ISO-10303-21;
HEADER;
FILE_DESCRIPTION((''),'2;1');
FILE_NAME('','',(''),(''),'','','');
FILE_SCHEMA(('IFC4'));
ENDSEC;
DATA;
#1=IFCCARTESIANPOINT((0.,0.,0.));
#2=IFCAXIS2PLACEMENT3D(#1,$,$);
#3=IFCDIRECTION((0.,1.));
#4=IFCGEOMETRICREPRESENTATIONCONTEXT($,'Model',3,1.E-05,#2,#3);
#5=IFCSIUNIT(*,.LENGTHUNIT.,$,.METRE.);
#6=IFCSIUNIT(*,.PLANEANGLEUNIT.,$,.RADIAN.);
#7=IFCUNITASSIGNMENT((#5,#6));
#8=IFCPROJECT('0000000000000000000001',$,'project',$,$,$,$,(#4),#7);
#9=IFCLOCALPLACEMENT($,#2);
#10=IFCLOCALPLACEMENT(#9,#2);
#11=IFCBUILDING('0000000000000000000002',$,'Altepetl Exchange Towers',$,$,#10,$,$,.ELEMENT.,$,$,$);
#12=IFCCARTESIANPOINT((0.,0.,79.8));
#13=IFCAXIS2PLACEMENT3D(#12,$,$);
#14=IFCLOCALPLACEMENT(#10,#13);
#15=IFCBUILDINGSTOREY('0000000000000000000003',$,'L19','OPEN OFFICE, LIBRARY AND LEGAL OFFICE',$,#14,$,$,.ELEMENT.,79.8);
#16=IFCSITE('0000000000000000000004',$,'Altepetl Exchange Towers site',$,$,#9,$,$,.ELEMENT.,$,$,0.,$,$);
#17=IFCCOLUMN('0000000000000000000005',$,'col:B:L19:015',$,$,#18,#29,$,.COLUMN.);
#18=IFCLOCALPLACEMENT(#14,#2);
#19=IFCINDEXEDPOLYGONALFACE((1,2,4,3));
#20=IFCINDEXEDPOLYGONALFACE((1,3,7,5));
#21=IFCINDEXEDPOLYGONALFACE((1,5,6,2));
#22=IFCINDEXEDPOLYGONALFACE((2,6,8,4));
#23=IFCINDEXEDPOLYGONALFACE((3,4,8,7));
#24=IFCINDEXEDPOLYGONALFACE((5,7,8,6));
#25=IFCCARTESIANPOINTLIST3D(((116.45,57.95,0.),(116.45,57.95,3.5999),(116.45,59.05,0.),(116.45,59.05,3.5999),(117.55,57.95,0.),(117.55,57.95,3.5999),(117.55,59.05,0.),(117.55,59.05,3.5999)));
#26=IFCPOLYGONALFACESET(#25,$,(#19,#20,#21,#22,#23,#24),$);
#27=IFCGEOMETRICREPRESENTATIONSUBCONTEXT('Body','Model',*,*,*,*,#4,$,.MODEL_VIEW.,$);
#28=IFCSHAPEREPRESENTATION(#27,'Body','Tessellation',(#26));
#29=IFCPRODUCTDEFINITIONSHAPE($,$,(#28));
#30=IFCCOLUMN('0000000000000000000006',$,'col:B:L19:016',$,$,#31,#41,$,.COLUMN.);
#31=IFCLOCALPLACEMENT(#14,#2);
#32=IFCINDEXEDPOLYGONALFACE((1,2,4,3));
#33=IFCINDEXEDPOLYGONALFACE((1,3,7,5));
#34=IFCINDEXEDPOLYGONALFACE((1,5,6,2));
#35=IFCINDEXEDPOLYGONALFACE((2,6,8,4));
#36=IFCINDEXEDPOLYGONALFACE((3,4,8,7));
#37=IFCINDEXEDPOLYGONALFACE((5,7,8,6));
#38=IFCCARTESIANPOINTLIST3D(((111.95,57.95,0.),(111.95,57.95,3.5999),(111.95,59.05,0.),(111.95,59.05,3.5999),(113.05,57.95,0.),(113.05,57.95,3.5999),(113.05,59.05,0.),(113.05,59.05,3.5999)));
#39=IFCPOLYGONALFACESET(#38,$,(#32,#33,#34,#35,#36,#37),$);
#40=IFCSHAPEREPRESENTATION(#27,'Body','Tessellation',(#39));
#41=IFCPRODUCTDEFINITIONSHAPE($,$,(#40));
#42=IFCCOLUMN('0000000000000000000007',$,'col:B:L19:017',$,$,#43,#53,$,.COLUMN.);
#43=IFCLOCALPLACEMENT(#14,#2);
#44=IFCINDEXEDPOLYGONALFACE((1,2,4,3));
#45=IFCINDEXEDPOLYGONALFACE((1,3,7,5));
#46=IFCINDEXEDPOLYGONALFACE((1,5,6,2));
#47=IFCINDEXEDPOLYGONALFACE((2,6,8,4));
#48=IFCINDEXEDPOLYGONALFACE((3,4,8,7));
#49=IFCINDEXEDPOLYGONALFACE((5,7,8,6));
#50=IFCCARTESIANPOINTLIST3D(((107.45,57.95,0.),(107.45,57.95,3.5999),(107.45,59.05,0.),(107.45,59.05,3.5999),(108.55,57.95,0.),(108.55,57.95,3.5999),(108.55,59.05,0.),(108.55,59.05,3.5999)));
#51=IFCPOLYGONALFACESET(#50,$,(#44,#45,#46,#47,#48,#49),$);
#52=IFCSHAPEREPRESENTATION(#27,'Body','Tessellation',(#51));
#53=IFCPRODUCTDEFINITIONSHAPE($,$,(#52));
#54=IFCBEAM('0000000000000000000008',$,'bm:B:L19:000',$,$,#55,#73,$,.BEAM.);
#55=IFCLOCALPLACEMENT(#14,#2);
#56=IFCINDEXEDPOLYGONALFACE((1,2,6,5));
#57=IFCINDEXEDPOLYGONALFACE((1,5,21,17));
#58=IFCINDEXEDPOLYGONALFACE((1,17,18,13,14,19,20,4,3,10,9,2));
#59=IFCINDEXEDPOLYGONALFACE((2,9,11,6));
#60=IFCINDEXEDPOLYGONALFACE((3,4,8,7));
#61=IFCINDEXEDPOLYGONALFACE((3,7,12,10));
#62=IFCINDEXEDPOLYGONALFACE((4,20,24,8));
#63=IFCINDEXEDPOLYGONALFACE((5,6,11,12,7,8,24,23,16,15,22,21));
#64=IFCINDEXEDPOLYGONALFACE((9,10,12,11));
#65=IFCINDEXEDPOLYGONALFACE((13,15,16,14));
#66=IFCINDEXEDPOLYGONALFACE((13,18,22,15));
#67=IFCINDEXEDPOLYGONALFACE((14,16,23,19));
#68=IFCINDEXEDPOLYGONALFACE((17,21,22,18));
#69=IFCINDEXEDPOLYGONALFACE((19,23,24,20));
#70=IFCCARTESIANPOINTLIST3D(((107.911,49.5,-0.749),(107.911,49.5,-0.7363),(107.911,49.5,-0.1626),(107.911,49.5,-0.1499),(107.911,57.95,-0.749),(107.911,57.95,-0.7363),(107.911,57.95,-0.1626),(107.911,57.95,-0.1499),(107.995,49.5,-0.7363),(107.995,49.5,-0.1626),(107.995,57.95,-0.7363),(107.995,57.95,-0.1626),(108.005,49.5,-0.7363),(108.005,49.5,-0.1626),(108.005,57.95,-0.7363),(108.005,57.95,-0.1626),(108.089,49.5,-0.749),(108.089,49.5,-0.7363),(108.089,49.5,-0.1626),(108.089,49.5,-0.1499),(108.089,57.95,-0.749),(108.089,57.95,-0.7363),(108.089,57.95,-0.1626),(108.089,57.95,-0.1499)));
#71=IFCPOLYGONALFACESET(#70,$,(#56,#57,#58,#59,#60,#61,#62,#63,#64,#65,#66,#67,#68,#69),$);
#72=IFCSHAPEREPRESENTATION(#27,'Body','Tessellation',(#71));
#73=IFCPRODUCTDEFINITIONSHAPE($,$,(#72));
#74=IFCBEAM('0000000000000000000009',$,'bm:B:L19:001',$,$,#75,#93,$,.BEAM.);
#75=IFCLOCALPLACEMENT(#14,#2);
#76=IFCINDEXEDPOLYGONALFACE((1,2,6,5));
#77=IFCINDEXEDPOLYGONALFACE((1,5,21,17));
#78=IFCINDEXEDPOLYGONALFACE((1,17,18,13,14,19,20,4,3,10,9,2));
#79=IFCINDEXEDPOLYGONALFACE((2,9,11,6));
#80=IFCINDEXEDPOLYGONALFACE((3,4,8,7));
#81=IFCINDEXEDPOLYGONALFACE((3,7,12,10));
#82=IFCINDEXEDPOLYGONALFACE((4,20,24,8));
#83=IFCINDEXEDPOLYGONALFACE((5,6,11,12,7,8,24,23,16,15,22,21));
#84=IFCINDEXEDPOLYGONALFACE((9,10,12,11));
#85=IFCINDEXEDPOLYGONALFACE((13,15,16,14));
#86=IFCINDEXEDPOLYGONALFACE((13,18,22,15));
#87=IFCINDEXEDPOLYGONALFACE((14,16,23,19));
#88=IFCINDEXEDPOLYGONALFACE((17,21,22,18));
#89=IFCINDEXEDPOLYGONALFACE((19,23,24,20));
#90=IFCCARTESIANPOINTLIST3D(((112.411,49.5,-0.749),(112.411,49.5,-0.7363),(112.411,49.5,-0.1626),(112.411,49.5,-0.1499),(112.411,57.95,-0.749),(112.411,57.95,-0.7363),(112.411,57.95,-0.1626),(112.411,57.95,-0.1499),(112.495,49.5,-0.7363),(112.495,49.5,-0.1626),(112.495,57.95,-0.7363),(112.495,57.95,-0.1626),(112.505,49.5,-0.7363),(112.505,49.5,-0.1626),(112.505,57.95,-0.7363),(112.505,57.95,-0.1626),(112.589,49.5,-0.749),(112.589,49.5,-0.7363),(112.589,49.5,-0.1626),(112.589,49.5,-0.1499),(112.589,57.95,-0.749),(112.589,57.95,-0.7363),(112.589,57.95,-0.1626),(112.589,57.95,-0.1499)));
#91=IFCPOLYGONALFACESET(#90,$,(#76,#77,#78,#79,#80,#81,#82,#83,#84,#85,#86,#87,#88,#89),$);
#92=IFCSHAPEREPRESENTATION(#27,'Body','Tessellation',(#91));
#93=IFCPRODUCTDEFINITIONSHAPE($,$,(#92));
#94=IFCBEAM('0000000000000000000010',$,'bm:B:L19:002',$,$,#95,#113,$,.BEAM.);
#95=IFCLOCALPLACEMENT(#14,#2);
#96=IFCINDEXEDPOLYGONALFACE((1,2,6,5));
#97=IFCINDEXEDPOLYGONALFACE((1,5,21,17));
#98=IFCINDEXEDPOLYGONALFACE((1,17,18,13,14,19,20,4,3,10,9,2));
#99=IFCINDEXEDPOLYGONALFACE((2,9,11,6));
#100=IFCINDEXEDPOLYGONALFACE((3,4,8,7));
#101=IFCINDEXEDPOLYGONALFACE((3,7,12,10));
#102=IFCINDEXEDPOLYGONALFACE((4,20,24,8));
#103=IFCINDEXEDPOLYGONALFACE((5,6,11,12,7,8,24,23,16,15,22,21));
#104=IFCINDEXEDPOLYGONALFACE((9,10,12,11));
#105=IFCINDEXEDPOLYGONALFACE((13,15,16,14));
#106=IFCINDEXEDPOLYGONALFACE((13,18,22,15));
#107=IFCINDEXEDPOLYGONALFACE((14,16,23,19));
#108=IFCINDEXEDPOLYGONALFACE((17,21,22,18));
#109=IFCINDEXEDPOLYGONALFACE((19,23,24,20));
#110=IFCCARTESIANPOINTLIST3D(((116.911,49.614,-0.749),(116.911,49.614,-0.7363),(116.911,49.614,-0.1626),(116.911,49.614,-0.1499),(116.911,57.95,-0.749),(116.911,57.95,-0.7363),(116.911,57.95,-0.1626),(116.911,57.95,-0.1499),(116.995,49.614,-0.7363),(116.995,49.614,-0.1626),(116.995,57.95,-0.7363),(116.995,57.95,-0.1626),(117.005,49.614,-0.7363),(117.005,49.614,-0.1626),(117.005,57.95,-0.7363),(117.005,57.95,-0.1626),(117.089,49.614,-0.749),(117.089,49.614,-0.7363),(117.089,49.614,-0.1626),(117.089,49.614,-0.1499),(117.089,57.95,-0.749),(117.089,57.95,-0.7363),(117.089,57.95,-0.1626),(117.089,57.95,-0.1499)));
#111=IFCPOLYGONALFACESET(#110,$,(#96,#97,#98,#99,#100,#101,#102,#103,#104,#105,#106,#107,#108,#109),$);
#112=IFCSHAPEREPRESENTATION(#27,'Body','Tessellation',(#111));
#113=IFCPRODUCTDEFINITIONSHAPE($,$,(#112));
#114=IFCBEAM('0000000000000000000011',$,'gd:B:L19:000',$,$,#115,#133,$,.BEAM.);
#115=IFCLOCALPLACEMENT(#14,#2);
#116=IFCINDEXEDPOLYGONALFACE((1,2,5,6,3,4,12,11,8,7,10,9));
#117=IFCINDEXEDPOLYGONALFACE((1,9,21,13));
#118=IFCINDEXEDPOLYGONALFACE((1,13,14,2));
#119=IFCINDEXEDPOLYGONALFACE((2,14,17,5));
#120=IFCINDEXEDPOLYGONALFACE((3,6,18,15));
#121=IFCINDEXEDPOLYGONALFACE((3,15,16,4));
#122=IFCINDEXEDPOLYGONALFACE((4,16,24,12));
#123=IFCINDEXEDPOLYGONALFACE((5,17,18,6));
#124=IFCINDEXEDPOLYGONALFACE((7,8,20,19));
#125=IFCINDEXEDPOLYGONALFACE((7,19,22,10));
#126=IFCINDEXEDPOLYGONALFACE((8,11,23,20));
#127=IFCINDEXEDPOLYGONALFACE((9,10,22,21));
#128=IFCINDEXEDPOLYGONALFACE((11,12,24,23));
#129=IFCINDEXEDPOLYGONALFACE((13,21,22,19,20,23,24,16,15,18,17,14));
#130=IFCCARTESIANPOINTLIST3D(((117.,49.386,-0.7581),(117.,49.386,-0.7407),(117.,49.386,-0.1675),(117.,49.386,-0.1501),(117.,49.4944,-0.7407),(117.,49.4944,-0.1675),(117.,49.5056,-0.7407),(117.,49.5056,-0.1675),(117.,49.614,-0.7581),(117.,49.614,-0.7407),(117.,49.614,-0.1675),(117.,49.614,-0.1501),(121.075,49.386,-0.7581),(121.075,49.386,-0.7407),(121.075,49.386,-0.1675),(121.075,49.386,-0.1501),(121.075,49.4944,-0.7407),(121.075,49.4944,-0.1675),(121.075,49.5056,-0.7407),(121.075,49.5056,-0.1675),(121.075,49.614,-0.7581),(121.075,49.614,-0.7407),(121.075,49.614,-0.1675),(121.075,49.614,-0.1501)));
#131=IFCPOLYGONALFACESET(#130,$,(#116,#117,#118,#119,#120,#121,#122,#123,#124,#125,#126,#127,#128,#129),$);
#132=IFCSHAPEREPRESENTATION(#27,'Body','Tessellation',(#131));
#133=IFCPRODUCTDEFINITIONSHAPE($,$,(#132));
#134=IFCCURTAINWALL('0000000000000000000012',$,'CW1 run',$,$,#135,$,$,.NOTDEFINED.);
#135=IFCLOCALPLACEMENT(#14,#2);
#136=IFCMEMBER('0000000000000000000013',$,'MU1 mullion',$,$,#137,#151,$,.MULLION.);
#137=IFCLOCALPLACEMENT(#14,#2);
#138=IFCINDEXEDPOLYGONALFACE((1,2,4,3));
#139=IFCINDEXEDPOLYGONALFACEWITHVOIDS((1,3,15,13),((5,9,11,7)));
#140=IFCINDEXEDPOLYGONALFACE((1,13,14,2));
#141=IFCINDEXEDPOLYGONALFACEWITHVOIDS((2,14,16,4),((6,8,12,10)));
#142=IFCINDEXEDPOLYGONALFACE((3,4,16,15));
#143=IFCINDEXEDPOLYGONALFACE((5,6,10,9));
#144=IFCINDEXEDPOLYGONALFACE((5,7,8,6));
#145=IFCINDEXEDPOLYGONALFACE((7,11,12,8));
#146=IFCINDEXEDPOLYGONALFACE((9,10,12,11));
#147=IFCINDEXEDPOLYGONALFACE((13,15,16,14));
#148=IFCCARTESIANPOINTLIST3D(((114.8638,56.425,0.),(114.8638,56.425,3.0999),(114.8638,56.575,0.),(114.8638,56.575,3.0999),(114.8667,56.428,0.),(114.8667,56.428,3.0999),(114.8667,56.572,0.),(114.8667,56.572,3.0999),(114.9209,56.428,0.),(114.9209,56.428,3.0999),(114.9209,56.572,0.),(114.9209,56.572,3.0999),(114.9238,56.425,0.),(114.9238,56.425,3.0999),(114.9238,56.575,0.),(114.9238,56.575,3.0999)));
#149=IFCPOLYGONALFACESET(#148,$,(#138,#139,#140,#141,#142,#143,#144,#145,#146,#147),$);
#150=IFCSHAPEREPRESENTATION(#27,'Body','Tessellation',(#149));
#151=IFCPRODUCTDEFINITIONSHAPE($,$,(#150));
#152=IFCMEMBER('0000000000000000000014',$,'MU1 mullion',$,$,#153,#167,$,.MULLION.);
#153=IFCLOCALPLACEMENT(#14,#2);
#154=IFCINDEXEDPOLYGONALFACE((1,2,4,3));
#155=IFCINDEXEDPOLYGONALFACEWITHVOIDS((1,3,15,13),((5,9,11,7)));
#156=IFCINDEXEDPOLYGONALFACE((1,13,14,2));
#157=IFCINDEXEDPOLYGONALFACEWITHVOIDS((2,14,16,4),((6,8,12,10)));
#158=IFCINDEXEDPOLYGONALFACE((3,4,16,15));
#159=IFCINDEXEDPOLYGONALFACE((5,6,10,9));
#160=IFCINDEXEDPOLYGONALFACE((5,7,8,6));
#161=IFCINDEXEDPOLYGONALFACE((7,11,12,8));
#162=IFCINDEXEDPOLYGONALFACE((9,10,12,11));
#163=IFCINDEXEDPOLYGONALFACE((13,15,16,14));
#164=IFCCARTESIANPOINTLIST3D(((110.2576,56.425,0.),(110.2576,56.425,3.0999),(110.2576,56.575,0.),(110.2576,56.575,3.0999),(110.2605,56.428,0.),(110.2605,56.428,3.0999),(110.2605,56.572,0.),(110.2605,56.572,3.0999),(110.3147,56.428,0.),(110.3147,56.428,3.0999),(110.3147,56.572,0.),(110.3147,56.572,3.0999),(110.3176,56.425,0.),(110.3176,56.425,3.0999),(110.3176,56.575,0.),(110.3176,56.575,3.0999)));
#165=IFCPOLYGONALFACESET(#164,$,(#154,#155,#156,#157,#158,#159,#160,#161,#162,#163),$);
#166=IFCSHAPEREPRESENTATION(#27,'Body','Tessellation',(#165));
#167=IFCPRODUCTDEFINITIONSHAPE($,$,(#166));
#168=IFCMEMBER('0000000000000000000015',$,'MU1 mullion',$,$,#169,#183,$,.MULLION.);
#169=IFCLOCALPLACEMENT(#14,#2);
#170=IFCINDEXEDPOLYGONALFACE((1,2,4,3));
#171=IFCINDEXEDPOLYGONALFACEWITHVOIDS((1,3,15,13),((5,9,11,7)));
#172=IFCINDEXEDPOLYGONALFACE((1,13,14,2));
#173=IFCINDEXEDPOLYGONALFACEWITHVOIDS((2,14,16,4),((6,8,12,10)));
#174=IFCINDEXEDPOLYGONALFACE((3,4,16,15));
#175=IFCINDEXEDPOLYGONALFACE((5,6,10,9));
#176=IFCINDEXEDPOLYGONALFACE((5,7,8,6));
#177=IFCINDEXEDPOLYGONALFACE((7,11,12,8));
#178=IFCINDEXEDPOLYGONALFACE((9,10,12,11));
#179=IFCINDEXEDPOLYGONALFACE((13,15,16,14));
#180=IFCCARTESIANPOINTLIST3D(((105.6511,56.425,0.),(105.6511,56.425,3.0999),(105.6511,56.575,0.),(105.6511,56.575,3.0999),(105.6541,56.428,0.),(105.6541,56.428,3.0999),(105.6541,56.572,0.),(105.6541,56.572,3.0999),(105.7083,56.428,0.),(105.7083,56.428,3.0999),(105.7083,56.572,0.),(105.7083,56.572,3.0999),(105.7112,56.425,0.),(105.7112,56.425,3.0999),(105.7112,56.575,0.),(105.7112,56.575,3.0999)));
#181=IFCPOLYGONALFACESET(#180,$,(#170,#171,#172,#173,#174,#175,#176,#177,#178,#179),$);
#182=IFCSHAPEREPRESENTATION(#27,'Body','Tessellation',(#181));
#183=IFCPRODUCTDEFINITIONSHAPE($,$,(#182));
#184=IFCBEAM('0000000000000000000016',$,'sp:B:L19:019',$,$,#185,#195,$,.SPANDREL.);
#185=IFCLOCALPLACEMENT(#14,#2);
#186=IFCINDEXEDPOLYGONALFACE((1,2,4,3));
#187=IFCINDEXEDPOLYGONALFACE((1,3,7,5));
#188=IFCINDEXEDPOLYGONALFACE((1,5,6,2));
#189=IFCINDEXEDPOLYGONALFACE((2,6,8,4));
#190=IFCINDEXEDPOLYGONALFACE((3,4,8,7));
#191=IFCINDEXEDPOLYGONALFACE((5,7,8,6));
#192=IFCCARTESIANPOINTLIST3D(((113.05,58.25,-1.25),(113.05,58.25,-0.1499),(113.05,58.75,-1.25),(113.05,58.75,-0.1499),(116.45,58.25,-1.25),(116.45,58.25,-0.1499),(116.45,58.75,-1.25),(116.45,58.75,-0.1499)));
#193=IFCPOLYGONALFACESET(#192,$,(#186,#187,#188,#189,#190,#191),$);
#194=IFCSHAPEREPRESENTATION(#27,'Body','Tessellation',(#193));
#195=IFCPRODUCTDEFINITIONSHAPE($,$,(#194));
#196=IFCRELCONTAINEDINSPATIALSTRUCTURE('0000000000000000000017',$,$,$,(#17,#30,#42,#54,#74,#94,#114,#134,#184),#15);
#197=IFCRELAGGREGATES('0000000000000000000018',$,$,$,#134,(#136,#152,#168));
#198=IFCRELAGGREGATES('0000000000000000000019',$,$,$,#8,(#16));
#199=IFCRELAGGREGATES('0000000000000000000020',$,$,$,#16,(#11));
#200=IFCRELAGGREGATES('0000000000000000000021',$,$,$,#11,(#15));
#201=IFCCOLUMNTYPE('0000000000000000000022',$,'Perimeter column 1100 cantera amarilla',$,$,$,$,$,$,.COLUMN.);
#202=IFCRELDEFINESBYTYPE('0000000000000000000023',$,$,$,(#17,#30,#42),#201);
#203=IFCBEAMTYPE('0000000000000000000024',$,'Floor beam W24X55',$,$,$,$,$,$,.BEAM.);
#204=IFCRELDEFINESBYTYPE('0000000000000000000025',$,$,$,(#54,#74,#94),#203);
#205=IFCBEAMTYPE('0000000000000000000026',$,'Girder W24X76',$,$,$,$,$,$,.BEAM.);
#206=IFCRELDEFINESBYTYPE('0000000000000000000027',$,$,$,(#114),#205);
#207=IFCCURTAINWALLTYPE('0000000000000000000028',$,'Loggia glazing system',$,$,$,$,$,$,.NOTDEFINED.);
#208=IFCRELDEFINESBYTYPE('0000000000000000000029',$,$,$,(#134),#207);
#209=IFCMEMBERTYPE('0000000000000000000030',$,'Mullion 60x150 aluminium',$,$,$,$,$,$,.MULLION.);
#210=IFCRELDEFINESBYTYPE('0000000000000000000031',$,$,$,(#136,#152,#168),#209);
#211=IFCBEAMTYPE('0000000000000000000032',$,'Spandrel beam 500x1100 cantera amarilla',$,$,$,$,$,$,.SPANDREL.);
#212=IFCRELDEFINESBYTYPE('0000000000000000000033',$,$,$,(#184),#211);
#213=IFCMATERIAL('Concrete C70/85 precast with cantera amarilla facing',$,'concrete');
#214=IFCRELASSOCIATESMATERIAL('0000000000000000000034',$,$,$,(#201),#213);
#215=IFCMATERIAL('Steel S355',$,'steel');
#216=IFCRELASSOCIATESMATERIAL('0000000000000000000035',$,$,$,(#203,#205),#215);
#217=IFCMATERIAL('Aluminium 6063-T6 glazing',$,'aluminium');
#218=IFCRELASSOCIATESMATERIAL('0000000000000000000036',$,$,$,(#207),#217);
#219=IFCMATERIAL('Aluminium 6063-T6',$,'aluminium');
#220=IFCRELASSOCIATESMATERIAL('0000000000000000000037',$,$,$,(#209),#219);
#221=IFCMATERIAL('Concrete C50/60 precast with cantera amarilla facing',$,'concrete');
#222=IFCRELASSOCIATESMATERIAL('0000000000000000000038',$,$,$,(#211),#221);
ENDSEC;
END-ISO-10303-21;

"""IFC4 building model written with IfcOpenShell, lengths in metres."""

from ifc_helpers import new_model, si_unit, direction, frame, origin, origin_2d, place, context, subcontext, project, spatial, rectangle, hollow_rectangle, i_section, extrude, material, material_profile, profile_set, type_object, element, aggregate, save


model = new_model("IFC4")

# Units and contexts
model_context = context("Model", 3, precision=1e-05, world=origin(), true_north=direction((0.0, 1.0)))
body_context = subcontext(model_context, "Body", "Model", "MODEL_VIEW")
ifc_project = project(units=[si_unit("LENGTHUNIT", "METRE"), si_unit("PLANEANGLEUNIT", "RADIAN")], contexts=[model_context])

# Site, building, storey
site_placement = place(None, origin())
site = spatial("IfcSite", under=ifc_project, at=site_placement, Name="Altepetl Exchange Towers site", CompositionType="ELEMENT", RefElevation=0.0)
building_placement = place(site_placement, origin())
building = spatial("IfcBuilding", under=site, at=building_placement, Name="Altepetl Exchange Towers", CompositionType="ELEMENT")
storey_placement = place(building_placement, frame((0.0, 0.0, 79.8)))
storey = spatial("IfcBuildingStorey", under=building, at=storey_placement, Name="L19", Description="OPEN OFFICE, LIBRARY AND LEGAL OFFICE", CompositionType="ELEMENT", Elevation=79.8)

# Columns
ifc_material_1 = material(Name="Concrete C70/85 precast with cantera amarilla facing", Category="concrete")
ifc_material_profile_1 = material_profile(ifc_material_1, rectangle(XDim=1.1001, YDim=1.1001, at=origin_2d()), Name="1100 x 1100")
ifc_profile_set_1 = profile_set([ifc_material_profile_1], Name="Concrete C70/85 precast with cantera amarilla facing")
column_type = type_object("IfcColumnType", Name="Perimeter column 1100 cantera amarilla", PredefinedType="COLUMN", material=ifc_profile_set_1)
for number, where, name in (
    (1, (117.0, 58.5, 0.0), "col:B:L19:015"),
    (2, (112.5, 58.5, 0.0), "col:B:L19:016"),
    (3, (108.0, 58.5, 0.0), "col:B:L19:017"),
):
    element("IfcColumn", number, at=place(storey_placement, frame(where)), inside=storey, type_object=column_type, Name=name, PredefinedType="COLUMN", context=body_context, shape_type="SweptSolid", body=[
        extrude(rectangle(XDim=1.1001, YDim=1.1001, at=origin_2d()), origin(), (0.0, 0.0, 1.0), 3.5999),
    ])

# Beams
ifc_material_2 = material(Name="Steel S355", Category="steel")
ifc_material_profile_2 = material_profile(ifc_material_2, i_section(OverallWidth=0.178, OverallDepth=0.5991, WebThickness=0.01, FlangeThickness=0.0127, at=origin_2d()), Name="W24X55")
ifc_profile_set_2 = profile_set([ifc_material_profile_2], Name="Steel S355")
beam_type_1 = type_object("IfcBeamType", Name="Floor beam W24X55", PredefinedType="BEAM", material=ifc_profile_set_2)
for number, where, z_axis, x_axis, name in (
    (4, (108.0, 49.5, -0.4495), (0.0, 1.0, 0.0), (-1.0, 0.0, 0.0), "bm:B:L19:000"),
    (5, (112.5, 49.5, -0.4495), (0.0, 1.0, 0.0), (-1.0, 0.0, 0.0), "bm:B:L19:001"),
):
    element("IfcBeam", number, at=place(storey_placement, frame(where, z_axis=z_axis, x_axis=x_axis)), inside=storey, type_object=beam_type_1, Name=name, PredefinedType="BEAM", context=body_context, shape_type="SweptSolid", body=[
        extrude(i_section(OverallWidth=0.178, OverallDepth=0.5991, WebThickness=0.01, FlangeThickness=0.0127, at=origin_2d()), origin(), (0.0, 0.0, 1.0), 8.45),
    ])
beam_1_placement = place(storey_placement, frame((117.0, 49.614, -0.4495), z_axis=(0.0, 1.0, 0.0), x_axis=(-1.0, 0.0, 0.0)))
element("IfcBeam", 6, at=beam_1_placement, inside=storey, type_object=beam_type_1, Name="bm:B:L19:002", PredefinedType="BEAM", context=body_context, shape_type="SweptSolid", body=[
    extrude(i_section(OverallWidth=0.178, OverallDepth=0.5991, WebThickness=0.01, FlangeThickness=0.0127, at=origin_2d()), origin(), (0.0, 0.0, 1.0), 8.3359),
])
ifc_material_profile_3 = material_profile(ifc_material_2, i_section(OverallWidth=0.228, OverallDepth=0.6079, WebThickness=0.0112, FlangeThickness=0.0173, at=origin_2d()), Name="W24X76")
ifc_profile_set_3 = profile_set([ifc_material_profile_3], Name="Steel S355")
beam_type_2 = type_object("IfcBeamType", Name="Girder W24X76", PredefinedType="BEAM", material=ifc_profile_set_3)
beam_2_placement = place(storey_placement, frame((117.0, 49.5, -0.4541), z_axis=(1.0, 0.0, 0.0), x_axis=(0.0, 1.0, 0.0)))
element("IfcBeam", 7, at=beam_2_placement, inside=storey, type_object=beam_type_2, Name="gd:B:L19:000", PredefinedType="BEAM", context=body_context, shape_type="SweptSolid", body=[
    extrude(i_section(OverallWidth=0.228, OverallDepth=0.6079, WebThickness=0.0112, FlangeThickness=0.0173, at=origin_2d()), origin(), (0.0, 0.0, 1.0), 4.075),
])

# Curtain wall, members
ifc_material_3 = material(Name="Aluminium 6063-T6 glazing", Category="aluminium")
curtain_wall_type = type_object("IfcCurtainWallType", Name="Loggia glazing system", PredefinedType="NOTDEFINED", material=ifc_material_3)
curtain_wall_placement = place(storey_placement, origin())
curtain_wall = element("IfcCurtainWall", 8, at=curtain_wall_placement, inside=storey, type_object=curtain_wall_type, Name="CW1 run", PredefinedType="NOTDEFINED")
ifc_material_4 = material(Name="Aluminium 6063-T6", Category="aluminium")
ifc_material_profile_4 = material_profile(ifc_material_4, hollow_rectangle(XDim=0.0601, YDim=0.1499, WallThickness=0.0029, at=origin_2d()), Name="Mullion 60x150 aluminium")
ifc_profile_set_4 = profile_set([ifc_material_profile_4], Name="Aluminium 6063-T6")
member_type = type_object("IfcMemberType", Name="Mullion 60x150 aluminium", PredefinedType="MULLION", material=ifc_profile_set_4)
member_1_placement = place(storey_placement, frame((114.8938, 56.5, 0.0), z_axis=(0.0, 0.0, 1.0), x_axis=(-1.0, 0.0, 0.0)))
member_1 = element("IfcMember", 9, at=member_1_placement, type_object=member_type, Name="MU1 mullion", PredefinedType="MULLION", context=body_context, shape_type="SweptSolid", body=[
    extrude(hollow_rectangle(XDim=0.0601, YDim=0.1499, WallThickness=0.0029, at=origin_2d()), origin(), (0.0, 0.0, 1.0), 3.0999),
])
member_2_placement = place(storey_placement, frame((110.2876, 56.5, 0.0), z_axis=(0.0, 0.0, 1.0), x_axis=(-1.0, 0.0, 0.0)))
member_2 = element("IfcMember", 10, at=member_2_placement, type_object=member_type, Name="MU1 mullion", PredefinedType="MULLION", context=body_context, shape_type="SweptSolid", body=[
    extrude(hollow_rectangle(XDim=0.0601, YDim=0.1499, WallThickness=0.0029, at=origin_2d()), origin(), (0.0, 0.0, 1.0), 3.0999),
])
member_3_placement = place(storey_placement, frame((105.6812, 56.5, 0.0), z_axis=(0.0, 0.0, 1.0), x_axis=(-1.0, 0.0, 0.0)))
member_3 = element("IfcMember", 11, at=member_3_placement, type_object=member_type, Name="MU1 mullion", PredefinedType="MULLION", context=body_context, shape_type="SweptSolid", body=[
    extrude(hollow_rectangle(XDim=0.0601, YDim=0.1499, WallThickness=0.0029, at=origin_2d()), origin(), (0.0, 0.0, 1.0), 3.0999),
])

# Beam
ifc_material_5 = material(Name="Concrete C50/60 precast with cantera amarilla facing", Category="concrete")
ifc_material_profile_5 = material_profile(ifc_material_5, rectangle(XDim=0.5, YDim=1.1001, at=origin_2d()), Name="500 x 1100")
ifc_profile_set_5 = profile_set([ifc_material_profile_5], Name="Concrete C50/60 precast with cantera amarilla facing")
beam_type_3 = type_object("IfcBeamType", Name="Spandrel beam 500x1100 cantera amarilla", PredefinedType="SPANDREL", material=ifc_profile_set_5)
for number, where, z_axis, x_axis, name in (
    (12, (116.45, 58.5, -0.7), (-1.0, 0.0, 0.0), (0.0, -1.0, 0.0), "sp:B:L19:019"),
):
    element("IfcBeam", number, at=place(storey_placement, frame(where, z_axis=z_axis, x_axis=x_axis)), inside=storey, type_object=beam_type_3, Name=name, PredefinedType="SPANDREL", context=body_context, shape_type="SweptSolid", body=[
        extrude(rectangle(XDim=0.5, YDim=1.1001, at=origin_2d()), origin(), (0.0, 0.0, 1.0), 3.3999),
    ])

aggregate(curtain_wall, [member_1, member_2, member_3])

save(model, "model.ifc")
